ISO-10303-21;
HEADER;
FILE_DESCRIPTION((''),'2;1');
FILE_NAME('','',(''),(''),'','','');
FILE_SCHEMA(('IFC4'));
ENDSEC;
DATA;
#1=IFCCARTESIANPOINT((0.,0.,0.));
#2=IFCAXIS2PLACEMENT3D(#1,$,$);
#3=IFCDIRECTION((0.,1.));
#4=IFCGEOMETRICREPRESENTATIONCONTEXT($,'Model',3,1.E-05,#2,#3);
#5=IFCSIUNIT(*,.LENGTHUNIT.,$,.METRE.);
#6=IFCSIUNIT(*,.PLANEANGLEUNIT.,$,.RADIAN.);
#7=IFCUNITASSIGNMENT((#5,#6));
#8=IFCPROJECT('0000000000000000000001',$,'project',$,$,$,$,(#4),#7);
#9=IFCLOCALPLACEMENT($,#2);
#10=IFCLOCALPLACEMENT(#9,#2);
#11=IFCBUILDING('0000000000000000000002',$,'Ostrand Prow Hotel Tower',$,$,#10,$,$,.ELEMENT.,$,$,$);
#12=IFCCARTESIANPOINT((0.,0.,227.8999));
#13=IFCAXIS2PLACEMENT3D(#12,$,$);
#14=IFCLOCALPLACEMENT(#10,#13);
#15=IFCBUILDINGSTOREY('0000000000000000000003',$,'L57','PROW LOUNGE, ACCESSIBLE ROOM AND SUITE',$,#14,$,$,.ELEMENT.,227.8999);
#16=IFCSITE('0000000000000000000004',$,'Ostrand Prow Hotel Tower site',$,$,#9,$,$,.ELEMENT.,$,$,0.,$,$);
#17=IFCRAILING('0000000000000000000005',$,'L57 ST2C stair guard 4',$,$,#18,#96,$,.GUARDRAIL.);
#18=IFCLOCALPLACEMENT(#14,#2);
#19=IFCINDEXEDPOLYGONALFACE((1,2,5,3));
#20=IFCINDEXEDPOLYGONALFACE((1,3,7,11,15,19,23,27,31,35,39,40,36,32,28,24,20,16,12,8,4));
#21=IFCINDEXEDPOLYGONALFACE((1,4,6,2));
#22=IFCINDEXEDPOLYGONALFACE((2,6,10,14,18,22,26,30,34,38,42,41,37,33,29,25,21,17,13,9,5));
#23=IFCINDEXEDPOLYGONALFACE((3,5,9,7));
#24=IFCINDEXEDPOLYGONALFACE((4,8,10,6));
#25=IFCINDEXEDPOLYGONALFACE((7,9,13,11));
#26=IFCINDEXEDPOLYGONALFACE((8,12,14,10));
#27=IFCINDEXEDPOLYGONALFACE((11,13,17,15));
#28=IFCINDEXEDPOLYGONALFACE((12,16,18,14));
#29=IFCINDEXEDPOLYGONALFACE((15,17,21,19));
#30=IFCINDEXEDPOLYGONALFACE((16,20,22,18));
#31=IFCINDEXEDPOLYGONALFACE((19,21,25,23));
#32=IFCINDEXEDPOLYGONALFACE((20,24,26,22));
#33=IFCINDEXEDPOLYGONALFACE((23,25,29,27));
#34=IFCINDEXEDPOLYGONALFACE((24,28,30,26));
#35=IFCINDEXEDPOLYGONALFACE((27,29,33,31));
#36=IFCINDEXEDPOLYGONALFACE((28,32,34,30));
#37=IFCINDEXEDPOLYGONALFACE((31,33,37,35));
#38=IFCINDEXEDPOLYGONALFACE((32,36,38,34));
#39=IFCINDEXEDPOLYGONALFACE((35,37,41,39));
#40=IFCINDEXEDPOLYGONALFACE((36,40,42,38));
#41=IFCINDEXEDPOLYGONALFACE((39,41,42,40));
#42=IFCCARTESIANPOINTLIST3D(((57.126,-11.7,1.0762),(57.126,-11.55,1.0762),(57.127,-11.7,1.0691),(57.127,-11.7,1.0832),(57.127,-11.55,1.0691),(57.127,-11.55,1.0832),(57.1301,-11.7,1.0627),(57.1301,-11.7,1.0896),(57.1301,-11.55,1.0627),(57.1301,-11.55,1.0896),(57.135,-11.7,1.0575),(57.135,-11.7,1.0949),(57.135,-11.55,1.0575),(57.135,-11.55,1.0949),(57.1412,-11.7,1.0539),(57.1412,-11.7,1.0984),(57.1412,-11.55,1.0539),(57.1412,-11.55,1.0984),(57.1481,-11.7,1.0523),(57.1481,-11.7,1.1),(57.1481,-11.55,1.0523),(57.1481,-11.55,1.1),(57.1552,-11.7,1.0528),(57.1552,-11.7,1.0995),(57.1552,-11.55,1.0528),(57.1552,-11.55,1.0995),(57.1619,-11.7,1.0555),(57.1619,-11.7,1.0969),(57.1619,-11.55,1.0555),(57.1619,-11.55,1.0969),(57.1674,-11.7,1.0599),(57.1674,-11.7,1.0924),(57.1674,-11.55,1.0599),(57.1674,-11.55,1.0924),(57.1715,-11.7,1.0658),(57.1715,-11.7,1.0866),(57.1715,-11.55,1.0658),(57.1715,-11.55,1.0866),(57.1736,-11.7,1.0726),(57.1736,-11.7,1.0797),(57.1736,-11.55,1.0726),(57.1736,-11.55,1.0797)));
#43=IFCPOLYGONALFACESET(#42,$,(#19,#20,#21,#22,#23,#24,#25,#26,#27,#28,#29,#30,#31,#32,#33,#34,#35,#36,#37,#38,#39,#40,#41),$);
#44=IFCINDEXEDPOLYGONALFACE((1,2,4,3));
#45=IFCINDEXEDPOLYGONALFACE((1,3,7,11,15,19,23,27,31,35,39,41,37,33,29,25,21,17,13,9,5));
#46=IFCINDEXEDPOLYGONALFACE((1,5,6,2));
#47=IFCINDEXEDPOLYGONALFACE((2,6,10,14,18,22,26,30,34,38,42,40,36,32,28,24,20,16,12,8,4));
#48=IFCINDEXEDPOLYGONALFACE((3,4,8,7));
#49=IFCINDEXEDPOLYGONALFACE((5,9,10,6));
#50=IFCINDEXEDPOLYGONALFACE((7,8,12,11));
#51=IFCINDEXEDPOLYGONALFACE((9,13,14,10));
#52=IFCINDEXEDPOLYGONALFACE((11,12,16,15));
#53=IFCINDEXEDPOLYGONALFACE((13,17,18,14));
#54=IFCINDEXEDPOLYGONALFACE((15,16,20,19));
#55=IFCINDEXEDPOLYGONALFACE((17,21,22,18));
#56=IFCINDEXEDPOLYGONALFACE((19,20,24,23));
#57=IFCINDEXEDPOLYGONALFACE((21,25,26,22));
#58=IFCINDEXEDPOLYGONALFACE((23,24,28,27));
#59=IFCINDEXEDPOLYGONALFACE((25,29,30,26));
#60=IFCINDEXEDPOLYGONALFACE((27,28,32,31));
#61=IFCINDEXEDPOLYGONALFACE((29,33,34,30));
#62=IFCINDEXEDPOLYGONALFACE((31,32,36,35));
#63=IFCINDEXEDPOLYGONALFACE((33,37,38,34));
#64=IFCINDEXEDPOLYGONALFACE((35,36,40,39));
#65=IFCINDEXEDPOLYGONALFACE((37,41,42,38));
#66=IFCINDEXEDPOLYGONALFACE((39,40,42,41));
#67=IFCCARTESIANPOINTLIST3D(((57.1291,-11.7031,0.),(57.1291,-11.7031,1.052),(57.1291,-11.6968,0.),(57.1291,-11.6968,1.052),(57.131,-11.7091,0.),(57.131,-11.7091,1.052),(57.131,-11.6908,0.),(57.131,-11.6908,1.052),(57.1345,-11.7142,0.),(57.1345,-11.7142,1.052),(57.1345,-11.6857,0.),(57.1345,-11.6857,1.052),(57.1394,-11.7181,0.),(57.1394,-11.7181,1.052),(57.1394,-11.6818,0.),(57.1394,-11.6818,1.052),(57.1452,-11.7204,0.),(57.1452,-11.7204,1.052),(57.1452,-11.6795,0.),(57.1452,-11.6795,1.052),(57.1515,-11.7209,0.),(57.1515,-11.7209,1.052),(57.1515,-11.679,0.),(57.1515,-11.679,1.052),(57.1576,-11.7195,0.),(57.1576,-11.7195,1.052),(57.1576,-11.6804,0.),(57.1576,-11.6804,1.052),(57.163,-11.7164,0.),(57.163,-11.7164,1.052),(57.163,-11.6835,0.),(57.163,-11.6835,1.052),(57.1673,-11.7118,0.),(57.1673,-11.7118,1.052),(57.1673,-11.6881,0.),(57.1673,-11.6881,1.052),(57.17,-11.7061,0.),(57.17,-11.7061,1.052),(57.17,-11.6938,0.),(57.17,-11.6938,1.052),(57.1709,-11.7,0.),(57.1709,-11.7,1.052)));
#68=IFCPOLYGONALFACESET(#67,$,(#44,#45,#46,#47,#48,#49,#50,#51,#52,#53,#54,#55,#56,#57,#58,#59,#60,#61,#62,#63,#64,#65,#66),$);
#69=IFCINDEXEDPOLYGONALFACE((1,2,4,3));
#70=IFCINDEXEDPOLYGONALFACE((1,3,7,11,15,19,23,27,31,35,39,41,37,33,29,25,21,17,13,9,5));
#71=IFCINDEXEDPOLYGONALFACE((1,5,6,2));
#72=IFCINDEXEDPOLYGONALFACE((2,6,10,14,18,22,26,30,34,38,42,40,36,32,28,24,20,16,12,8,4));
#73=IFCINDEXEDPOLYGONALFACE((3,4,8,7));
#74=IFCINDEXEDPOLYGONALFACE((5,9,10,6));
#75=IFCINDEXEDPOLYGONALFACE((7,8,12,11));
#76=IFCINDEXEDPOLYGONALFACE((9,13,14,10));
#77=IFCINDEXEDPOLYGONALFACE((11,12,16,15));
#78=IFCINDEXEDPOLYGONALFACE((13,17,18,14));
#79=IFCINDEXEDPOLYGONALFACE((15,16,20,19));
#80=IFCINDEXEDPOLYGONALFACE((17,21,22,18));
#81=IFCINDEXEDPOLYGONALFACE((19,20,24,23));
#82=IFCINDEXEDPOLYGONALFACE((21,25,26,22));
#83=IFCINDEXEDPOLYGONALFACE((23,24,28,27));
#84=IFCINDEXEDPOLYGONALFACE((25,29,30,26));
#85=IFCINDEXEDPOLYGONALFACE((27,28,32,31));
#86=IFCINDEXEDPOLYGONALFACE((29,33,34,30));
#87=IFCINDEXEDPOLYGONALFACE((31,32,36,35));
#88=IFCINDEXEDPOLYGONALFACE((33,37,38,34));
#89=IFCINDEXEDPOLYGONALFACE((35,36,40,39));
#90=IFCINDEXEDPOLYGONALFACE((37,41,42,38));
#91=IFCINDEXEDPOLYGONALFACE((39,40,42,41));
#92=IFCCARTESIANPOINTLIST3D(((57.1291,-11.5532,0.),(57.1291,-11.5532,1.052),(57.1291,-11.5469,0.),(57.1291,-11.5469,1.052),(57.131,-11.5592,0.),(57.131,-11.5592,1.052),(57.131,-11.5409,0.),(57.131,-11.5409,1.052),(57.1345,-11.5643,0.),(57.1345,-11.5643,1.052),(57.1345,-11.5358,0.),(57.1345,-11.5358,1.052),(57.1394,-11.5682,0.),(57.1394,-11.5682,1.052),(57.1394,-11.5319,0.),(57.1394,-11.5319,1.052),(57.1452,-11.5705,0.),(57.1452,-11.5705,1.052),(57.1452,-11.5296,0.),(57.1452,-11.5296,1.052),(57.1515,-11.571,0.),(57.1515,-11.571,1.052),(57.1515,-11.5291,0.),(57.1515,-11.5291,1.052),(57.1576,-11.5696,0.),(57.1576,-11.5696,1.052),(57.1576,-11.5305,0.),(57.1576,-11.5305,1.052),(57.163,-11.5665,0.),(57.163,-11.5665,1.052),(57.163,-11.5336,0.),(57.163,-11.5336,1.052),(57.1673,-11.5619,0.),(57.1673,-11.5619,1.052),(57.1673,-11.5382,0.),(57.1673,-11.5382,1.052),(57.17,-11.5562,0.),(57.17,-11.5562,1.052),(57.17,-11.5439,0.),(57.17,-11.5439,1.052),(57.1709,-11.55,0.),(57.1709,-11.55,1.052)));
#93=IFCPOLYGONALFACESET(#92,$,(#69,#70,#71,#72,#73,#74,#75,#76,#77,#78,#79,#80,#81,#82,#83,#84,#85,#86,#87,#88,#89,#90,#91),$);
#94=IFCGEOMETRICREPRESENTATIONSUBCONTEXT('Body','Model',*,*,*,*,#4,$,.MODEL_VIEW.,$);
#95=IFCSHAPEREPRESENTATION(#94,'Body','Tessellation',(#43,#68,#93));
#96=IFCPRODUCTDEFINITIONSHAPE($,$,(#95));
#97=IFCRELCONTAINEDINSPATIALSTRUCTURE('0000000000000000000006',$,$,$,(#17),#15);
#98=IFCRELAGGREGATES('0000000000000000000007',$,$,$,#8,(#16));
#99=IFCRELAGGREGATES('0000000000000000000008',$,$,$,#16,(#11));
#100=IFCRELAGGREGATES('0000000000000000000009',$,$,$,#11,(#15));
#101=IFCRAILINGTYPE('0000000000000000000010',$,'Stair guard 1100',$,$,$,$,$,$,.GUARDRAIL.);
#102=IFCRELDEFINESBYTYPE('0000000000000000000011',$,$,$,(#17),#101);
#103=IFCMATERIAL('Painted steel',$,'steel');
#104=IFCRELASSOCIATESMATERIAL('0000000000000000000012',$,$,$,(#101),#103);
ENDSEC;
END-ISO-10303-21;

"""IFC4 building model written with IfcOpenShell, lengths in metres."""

from ifc_helpers import new_model, si_unit, direction, frame, origin, origin_2d, place, context, subcontext, project, spatial, circle, extrude, material, type_object, element, save


model = new_model("IFC4")

# Units and contexts
model_context = context("Model", 3, precision=1e-05, world=origin(), true_north=direction((0.0, 1.0)))
body_context = subcontext(model_context, "Body", "Model", "MODEL_VIEW")
ifc_project = project(units=[si_unit("LENGTHUNIT", "METRE"), si_unit("PLANEANGLEUNIT", "RADIAN")], contexts=[model_context])

# Site, building, storey
site_placement = place(None, origin())
site = spatial("IfcSite", under=ifc_project, at=site_placement, Name="Ostrand Prow Hotel Tower site", CompositionType="ELEMENT", RefElevation=0.0)
building_placement = place(site_placement, origin())
building = spatial("IfcBuilding", under=site, at=building_placement, Name="Ostrand Prow Hotel Tower", CompositionType="ELEMENT")
storey_placement = place(building_placement, frame((0.0, 0.0, 227.8999)))
storey = spatial("IfcBuildingStorey", under=building, at=storey_placement, Name="L57", Description="PROW LOUNGE, ACCESSIBLE ROOM AND SUITE", CompositionType="ELEMENT", Elevation=227.8999)

# Railing
ifc_material_1 = material(Name="Painted steel", Category="steel")
railing_type_1 = type_object("IfcRailingType", Name="Stair guard 1100", PredefinedType="GUARDRAIL", material=ifc_material_1)
railing_1_placement = place(storey_placement, frame((57.1499, -11.7, 0.0)))
element("IfcRailing", 1, at=railing_1_placement, inside=storey, type_object=railing_type_1, Name="L57 ST2C stair guard 4", PredefinedType="GUARDRAIL", context=body_context, shape_type="SweptSolid", body=[
    extrude(circle(Radius=0.0239, at=origin_2d()), frame((0.0, 0.0, 1.0762), z_axis=(0.0, 1.0, 0.0), x_axis=(-1.0, 0.0, 0.0)), (0.0, 0.0, 1.0), 0.1499),
    extrude(circle(Radius=0.021, at=origin_2d()), origin(), (0.0, 0.0, 1.0), 1.052),
    extrude(circle(Radius=0.021, at=origin_2d()), frame((0.0, 0.1499, 0.0)), (0.0, 0.0, 1.0), 1.052),
])

save(model, "model.ifc")
